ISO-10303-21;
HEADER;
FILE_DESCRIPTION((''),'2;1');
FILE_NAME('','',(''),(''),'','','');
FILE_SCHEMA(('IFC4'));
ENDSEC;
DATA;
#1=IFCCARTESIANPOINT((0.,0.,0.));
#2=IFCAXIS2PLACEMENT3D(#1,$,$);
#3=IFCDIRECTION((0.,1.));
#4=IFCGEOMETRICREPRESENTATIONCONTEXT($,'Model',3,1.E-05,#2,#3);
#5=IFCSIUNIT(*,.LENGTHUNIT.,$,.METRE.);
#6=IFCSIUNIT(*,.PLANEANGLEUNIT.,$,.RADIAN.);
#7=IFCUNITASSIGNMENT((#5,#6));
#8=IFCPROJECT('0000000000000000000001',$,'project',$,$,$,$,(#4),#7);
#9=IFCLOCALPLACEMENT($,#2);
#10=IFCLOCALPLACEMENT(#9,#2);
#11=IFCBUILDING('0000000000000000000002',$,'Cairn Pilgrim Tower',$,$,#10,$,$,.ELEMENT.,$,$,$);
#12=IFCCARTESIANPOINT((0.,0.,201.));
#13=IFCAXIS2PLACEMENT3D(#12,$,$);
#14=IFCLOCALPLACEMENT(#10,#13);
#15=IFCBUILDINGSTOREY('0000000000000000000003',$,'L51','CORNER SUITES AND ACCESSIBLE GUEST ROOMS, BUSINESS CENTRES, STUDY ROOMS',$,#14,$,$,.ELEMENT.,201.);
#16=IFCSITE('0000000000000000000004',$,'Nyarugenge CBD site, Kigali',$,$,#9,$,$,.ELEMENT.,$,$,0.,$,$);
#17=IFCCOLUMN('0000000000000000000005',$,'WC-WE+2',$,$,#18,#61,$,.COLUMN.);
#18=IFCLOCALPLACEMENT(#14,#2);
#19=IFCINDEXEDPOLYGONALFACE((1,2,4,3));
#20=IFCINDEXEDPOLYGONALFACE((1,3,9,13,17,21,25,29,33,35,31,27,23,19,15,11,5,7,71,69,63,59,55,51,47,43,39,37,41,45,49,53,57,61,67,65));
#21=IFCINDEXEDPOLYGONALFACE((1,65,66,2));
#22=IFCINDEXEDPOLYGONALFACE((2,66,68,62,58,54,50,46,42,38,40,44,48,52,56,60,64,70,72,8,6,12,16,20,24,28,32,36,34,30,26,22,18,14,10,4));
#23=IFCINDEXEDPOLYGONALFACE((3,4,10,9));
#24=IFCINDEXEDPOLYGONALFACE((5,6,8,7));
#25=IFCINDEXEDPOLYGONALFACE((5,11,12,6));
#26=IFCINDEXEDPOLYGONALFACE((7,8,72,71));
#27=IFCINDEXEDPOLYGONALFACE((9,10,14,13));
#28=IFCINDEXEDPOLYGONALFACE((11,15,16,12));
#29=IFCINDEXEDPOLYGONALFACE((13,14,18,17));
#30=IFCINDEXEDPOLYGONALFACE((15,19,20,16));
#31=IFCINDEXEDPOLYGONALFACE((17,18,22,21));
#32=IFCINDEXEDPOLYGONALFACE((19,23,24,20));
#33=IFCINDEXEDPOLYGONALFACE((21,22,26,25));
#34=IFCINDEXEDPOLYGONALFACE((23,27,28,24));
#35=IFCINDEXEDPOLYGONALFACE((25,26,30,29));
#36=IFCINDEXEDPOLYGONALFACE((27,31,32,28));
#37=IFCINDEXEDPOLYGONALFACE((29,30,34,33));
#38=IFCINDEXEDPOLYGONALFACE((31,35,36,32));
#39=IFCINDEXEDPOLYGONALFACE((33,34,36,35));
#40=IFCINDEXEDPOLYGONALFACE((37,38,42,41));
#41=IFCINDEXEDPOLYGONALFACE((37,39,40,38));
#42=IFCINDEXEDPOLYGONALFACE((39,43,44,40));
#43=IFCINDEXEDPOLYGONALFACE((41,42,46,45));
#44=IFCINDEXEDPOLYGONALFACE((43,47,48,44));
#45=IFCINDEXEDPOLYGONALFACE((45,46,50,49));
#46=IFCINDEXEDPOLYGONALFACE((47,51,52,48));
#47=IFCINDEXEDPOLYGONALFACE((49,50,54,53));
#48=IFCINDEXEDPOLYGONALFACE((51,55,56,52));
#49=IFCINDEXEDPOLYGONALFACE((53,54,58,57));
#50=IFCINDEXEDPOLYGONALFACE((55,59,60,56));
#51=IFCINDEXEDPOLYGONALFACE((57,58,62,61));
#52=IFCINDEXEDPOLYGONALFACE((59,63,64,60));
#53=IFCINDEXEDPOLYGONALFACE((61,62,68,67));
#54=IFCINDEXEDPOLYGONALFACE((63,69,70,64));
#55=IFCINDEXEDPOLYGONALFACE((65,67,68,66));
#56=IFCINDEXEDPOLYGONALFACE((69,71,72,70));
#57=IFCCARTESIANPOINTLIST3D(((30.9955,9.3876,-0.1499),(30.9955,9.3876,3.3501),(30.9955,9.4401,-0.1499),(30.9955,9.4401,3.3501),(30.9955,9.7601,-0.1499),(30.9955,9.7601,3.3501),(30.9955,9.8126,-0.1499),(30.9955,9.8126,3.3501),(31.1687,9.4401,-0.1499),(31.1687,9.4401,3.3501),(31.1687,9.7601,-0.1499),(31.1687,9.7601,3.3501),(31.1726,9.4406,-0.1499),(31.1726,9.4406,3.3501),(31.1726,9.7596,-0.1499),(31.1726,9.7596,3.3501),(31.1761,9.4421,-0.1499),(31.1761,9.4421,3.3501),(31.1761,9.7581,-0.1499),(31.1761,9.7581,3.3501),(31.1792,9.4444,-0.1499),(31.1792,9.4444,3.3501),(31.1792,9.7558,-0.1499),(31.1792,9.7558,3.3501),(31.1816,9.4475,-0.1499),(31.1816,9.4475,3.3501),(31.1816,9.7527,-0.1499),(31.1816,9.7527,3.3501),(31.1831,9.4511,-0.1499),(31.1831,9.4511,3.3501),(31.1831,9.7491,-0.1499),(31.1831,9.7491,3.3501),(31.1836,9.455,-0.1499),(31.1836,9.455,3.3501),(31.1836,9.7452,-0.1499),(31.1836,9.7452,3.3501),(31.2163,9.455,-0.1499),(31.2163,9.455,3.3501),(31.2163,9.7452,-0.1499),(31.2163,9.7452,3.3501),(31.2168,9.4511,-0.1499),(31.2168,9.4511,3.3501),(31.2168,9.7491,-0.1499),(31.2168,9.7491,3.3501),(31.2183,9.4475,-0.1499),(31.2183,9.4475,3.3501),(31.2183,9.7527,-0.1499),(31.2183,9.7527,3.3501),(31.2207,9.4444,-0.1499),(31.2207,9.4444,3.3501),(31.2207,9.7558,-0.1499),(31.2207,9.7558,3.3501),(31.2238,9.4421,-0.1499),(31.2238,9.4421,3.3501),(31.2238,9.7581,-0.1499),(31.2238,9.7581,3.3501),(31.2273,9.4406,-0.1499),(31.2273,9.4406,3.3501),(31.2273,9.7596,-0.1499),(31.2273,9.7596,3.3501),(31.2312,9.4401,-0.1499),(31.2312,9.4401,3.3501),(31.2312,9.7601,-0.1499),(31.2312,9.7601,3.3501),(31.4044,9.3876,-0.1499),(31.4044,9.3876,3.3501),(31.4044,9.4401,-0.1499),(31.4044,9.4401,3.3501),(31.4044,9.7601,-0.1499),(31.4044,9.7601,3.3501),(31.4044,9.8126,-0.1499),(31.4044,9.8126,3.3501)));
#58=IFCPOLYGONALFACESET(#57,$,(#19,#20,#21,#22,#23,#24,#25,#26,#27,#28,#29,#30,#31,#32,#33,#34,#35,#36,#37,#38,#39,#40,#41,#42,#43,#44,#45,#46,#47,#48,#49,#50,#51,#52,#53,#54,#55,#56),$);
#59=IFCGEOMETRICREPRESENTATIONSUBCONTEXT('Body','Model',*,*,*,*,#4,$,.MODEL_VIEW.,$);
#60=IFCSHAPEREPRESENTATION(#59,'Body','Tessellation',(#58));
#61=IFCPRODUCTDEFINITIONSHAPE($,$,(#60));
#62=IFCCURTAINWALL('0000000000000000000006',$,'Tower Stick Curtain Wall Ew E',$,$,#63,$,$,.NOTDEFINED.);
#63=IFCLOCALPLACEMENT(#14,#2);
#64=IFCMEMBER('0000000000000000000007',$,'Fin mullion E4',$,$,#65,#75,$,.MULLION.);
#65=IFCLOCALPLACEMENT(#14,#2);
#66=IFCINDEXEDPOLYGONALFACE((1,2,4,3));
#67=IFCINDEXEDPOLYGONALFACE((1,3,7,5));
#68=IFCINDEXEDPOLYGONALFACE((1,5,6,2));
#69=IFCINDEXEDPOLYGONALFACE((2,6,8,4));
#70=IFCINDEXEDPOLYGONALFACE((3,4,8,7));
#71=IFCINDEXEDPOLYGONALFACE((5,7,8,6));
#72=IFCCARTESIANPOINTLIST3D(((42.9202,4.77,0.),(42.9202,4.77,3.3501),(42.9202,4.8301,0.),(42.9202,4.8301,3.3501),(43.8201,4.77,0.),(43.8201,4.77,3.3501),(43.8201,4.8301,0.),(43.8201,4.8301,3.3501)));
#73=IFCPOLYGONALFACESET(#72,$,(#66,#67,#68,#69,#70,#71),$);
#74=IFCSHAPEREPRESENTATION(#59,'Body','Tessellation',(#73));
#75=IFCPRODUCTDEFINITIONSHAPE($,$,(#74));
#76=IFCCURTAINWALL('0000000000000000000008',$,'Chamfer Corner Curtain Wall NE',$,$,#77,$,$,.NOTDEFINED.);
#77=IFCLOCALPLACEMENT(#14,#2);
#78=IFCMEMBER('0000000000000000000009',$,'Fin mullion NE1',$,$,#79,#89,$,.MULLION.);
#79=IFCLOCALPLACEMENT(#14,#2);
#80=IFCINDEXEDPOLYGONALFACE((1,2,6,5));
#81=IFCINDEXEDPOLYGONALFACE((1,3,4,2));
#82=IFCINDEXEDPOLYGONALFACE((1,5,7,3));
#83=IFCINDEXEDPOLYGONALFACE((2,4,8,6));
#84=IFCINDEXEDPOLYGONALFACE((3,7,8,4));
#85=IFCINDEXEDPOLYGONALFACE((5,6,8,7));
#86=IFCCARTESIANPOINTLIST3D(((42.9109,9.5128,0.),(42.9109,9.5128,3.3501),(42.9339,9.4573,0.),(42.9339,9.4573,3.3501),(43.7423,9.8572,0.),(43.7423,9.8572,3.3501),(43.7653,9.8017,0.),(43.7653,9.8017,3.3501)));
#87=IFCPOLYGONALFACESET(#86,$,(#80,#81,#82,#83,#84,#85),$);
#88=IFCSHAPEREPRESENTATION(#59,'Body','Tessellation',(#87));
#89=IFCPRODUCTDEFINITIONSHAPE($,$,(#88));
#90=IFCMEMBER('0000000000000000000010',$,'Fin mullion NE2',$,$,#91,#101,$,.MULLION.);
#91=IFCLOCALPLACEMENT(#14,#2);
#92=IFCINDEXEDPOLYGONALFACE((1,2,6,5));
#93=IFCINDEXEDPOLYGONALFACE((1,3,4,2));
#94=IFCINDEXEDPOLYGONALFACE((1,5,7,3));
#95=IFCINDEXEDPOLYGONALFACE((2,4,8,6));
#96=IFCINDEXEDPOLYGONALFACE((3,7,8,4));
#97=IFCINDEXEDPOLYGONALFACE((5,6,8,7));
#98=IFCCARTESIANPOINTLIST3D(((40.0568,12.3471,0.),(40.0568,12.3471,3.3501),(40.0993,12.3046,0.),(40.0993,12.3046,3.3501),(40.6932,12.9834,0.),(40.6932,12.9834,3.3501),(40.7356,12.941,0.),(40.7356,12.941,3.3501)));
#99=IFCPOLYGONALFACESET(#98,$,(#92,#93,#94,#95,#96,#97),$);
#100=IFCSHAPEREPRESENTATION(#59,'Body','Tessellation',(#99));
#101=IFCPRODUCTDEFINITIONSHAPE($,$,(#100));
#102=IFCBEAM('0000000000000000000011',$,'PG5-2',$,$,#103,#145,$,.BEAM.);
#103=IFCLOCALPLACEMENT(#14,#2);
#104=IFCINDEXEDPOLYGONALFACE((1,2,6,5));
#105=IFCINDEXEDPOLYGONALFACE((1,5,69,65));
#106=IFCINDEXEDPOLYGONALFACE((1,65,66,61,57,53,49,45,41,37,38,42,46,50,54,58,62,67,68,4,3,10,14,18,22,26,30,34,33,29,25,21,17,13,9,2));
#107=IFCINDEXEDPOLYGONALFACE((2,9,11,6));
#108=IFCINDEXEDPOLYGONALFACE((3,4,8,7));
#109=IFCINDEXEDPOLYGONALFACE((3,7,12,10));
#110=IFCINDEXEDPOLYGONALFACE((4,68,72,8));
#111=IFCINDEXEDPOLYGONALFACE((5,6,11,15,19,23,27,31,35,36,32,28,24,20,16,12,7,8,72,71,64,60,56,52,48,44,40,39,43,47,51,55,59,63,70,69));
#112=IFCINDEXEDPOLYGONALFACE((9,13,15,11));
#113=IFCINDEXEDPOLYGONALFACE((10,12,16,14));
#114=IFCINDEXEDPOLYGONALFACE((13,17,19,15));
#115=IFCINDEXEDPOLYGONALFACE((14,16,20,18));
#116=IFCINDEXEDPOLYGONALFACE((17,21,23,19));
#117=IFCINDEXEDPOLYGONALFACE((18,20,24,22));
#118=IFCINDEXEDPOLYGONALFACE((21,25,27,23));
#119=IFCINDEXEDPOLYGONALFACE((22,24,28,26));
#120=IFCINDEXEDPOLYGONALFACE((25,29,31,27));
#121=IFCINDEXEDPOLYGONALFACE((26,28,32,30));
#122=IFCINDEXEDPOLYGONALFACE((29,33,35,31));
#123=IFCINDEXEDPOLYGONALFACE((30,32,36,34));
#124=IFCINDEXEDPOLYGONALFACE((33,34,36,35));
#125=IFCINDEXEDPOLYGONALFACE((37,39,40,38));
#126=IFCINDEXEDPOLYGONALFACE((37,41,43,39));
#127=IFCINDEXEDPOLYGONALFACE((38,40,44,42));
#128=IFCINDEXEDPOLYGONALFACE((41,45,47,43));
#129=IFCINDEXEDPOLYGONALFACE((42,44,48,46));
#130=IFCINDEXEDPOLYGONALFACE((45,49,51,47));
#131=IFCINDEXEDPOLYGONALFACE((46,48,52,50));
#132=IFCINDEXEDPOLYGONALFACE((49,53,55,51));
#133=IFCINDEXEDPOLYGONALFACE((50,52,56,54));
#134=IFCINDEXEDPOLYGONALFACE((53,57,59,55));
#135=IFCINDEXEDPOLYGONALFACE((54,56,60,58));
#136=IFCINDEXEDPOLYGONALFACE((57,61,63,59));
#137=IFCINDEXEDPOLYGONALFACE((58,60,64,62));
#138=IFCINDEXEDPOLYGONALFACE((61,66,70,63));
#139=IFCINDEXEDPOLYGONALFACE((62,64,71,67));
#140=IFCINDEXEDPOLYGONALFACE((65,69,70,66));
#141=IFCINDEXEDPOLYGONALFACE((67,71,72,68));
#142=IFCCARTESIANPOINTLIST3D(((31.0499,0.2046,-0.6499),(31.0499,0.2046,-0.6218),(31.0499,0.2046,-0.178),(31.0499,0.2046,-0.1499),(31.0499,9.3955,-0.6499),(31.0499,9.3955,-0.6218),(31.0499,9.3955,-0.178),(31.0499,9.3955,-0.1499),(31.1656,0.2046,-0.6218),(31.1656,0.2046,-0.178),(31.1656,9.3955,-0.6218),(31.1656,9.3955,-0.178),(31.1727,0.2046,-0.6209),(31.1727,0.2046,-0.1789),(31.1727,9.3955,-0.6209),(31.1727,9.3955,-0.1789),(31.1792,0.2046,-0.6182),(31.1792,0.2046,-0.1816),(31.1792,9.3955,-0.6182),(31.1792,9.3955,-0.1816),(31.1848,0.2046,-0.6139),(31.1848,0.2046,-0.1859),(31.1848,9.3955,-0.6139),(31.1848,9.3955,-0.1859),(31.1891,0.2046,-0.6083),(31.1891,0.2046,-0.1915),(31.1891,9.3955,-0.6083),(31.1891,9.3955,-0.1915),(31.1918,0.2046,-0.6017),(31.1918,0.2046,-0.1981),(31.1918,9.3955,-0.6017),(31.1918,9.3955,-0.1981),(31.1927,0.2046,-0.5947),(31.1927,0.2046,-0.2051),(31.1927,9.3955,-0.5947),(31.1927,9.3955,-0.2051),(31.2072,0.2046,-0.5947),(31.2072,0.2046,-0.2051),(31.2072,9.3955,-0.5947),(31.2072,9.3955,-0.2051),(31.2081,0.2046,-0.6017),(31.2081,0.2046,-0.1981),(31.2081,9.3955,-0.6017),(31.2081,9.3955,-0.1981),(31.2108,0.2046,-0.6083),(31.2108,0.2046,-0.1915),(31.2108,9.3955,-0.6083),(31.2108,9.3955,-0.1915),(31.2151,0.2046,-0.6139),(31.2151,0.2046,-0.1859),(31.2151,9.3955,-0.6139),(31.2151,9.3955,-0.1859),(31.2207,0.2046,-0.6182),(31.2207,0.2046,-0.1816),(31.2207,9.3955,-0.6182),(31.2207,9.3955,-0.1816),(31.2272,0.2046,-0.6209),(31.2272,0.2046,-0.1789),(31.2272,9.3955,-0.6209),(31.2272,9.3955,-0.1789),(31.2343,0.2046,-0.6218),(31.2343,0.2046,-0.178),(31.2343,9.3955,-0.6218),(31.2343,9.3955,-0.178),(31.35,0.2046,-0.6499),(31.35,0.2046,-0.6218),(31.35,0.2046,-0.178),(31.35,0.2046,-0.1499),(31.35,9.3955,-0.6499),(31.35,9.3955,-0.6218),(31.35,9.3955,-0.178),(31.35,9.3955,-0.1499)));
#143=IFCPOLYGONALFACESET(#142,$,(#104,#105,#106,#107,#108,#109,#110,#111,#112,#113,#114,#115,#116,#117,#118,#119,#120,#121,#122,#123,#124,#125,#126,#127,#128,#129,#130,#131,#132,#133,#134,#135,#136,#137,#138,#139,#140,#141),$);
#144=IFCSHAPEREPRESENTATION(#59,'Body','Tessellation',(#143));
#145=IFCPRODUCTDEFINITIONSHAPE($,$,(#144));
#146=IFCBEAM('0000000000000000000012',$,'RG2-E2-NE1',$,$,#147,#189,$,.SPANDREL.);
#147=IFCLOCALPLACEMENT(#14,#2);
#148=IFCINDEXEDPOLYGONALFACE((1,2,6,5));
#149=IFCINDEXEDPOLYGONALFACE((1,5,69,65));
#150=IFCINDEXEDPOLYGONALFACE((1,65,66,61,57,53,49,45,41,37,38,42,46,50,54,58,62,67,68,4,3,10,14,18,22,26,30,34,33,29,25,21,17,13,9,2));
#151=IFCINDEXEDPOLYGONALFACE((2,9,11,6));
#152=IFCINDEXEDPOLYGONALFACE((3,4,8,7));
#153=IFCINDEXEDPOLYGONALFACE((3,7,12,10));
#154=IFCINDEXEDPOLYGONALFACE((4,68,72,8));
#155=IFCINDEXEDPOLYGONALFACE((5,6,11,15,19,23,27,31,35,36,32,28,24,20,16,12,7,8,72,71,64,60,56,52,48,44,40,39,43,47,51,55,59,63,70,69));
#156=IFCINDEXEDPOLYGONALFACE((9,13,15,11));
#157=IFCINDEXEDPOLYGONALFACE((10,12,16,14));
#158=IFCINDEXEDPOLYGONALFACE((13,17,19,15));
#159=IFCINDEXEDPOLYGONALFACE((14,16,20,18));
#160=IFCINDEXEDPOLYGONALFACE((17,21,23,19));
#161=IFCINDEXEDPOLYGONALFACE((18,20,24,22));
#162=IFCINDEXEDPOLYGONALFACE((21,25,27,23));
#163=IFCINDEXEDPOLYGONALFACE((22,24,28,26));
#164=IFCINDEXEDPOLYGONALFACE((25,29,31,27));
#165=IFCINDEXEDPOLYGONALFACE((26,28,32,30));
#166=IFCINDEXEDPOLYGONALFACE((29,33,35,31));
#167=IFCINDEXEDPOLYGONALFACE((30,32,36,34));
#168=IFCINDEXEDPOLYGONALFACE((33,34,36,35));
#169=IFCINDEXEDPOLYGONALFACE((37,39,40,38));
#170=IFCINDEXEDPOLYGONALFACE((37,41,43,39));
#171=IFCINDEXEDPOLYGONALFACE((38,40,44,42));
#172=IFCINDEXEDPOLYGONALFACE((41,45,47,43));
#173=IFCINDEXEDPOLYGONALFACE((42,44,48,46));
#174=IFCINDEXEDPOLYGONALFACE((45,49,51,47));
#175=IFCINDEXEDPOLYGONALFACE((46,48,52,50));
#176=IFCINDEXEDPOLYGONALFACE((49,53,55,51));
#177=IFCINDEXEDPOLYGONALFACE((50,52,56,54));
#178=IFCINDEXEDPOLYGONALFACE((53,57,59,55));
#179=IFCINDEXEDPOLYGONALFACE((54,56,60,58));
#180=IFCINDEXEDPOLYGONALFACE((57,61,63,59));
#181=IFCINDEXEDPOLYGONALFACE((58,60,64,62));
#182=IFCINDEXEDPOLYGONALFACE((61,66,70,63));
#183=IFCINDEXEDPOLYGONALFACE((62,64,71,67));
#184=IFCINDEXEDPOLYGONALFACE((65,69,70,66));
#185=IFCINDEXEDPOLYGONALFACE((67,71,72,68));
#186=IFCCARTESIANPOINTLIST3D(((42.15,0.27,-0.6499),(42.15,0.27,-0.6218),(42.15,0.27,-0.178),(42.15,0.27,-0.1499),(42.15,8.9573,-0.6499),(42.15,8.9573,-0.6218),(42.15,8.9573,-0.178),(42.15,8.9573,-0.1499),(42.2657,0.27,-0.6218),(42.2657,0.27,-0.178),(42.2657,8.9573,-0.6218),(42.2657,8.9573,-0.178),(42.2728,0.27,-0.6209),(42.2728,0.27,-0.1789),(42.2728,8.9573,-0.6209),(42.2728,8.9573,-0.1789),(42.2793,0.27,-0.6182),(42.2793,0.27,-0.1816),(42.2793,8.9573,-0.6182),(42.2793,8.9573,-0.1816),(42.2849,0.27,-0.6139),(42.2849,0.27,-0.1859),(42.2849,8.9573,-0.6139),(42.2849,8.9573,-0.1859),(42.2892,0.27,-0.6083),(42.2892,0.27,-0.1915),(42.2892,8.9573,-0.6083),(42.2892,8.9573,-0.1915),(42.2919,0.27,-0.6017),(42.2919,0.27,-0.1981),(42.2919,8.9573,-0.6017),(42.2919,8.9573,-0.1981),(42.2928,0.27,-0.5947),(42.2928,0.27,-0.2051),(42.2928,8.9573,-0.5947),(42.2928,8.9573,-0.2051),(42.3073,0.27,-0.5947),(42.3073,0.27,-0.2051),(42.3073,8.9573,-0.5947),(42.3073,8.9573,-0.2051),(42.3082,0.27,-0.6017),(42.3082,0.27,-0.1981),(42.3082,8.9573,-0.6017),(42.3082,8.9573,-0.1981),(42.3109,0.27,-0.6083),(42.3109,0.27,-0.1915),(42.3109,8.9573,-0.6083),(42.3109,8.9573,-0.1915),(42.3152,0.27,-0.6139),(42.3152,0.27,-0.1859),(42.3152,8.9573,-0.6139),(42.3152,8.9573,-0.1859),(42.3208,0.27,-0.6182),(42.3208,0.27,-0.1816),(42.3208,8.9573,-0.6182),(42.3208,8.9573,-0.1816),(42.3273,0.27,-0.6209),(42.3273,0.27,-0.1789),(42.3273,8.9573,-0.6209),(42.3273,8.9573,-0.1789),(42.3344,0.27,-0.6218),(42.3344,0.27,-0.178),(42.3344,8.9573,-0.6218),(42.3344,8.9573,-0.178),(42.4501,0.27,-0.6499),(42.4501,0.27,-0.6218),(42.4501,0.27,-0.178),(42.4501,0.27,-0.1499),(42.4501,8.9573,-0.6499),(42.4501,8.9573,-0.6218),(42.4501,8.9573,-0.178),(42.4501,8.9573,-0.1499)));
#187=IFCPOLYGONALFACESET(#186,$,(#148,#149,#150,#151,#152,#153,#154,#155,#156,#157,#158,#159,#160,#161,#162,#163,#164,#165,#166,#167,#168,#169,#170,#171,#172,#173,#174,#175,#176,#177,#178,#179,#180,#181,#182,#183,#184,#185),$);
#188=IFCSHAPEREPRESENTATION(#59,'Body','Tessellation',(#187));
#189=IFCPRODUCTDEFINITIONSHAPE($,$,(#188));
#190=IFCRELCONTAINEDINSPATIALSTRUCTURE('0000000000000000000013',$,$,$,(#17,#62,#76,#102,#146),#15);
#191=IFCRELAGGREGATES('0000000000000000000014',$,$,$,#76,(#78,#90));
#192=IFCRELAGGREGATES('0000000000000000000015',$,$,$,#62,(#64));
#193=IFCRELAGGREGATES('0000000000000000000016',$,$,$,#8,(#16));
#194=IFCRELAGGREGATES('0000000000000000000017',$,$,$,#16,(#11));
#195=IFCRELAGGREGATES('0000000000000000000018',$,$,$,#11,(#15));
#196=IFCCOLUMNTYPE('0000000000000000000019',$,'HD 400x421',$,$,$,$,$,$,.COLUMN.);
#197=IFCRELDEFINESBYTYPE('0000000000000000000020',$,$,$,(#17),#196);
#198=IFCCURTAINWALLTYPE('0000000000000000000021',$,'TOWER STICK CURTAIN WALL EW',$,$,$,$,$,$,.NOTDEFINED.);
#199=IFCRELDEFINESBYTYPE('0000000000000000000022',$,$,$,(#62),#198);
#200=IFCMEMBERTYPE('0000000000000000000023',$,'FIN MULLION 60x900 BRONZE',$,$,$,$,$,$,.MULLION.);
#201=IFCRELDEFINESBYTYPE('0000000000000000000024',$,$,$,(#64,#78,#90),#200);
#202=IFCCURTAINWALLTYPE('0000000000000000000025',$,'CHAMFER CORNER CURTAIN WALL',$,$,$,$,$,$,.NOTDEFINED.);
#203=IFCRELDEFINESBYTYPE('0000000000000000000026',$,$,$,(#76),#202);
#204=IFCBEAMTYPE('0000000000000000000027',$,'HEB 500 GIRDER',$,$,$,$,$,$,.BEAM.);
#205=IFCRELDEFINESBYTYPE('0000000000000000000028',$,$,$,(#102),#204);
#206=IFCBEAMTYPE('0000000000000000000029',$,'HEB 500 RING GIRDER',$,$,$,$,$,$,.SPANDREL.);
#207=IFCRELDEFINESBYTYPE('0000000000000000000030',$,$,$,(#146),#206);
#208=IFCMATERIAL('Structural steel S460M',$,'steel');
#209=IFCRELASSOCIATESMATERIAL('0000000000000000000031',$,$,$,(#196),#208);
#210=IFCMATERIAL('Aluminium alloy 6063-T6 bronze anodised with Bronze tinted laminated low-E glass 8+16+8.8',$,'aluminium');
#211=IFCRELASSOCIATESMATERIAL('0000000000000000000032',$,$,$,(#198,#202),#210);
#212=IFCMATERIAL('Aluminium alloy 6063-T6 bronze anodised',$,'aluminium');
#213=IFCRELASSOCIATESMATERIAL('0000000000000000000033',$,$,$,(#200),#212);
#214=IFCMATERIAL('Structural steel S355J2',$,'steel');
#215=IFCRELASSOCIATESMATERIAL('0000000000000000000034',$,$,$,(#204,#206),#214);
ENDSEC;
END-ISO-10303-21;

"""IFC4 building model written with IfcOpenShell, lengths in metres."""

from ifc_helpers import new_model, si_unit, direction, frame, origin, origin_2d, place, context, subcontext, project, spatial, rectangle, i_section, extrude, material, material_profile, profile_set, type_object, element, aggregate, save


model = new_model("IFC4")

# Units and contexts
model_context = context("Model", 3, precision=1e-05, world=origin(), true_north=direction((0.0, 1.0)))
body_context = subcontext(model_context, "Body", "Model", "MODEL_VIEW")
ifc_project = project(units=[si_unit("LENGTHUNIT", "METRE"), si_unit("PLANEANGLEUNIT", "RADIAN")], contexts=[model_context])

# Site, building, storey
site_placement = place(None, origin())
site = spatial("IfcSite", under=ifc_project, at=site_placement, Name="Nyarugenge CBD site, Kigali", CompositionType="ELEMENT", RefElevation=0.0)
building_placement = place(site_placement, origin())
building = spatial("IfcBuilding", under=site, at=building_placement, Name="Cairn Pilgrim Tower", CompositionType="ELEMENT")
storey_placement = place(building_placement, frame((0.0, 0.0, 201.0)))
storey = spatial("IfcBuildingStorey", under=building, at=storey_placement, Name="L51", Description="CORNER SUITES AND ACCESSIBLE GUEST ROOMS, BUSINESS CENTRES, STUDY ROOMS", CompositionType="ELEMENT", Elevation=201.0)

# Column
ifc_material_1 = material(Name="Structural steel S460M", Category="steel")
ifc_material_profile_1 = material_profile(ifc_material_1, i_section(OverallWidth=0.4089, OverallDepth=0.425, WebThickness=0.0327, FlangeThickness=0.0525, FilletRadius=0.0149, at=origin_2d()), Name="HD 400x421")
ifc_profile_set_1 = profile_set([ifc_material_profile_1], Name="Structural steel S460M")
column_type_1 = type_object("IfcColumnType", Name="HD 400x421", PredefinedType="COLUMN", material=ifc_profile_set_1)
column_1_placement = place(storey_placement, frame((31.2, 9.6001, -0.1499), z_axis=(0.0, 0.0, 1.0), x_axis=(1.0, 0.0, 0.0)))
element("IfcColumn", 1, at=column_1_placement, inside=storey, type_object=column_type_1, Name="WC-WE+2", PredefinedType="COLUMN", context=body_context, shape_type="SweptSolid", body=[
    extrude(i_section(OverallWidth=0.4089, OverallDepth=0.425, WebThickness=0.0327, FlangeThickness=0.0525, FilletRadius=0.0149, at=origin_2d()), origin(), (0.0, 0.0, 1.0), 3.5),
])

# Curtain wall, member
ifc_material_2 = material(Name="Aluminium alloy 6063-T6 bronze anodised with Bronze tinted laminated low-E glass 8+16+8.8", Category="aluminium")
curtain_wall_type_1 = type_object("IfcCurtainWallType", Name="TOWER STICK CURTAIN WALL EW", PredefinedType="NOTDEFINED", material=ifc_material_2)
curtain_wall_1_placement = place(storey_placement, origin())
curtain_wall_1 = element("IfcCurtainWall", 2, at=curtain_wall_1_placement, inside=storey, type_object=curtain_wall_type_1, Name="Tower Stick Curtain Wall Ew E", PredefinedType="NOTDEFINED")
ifc_material_3 = material(Name="Aluminium alloy 6063-T6 bronze anodised", Category="aluminium")
ifc_material_profile_2 = material_profile(ifc_material_3, rectangle(XDim=0.8999, YDim=0.0601, at=origin_2d()), Name="FIN MULLION 60x900 BRONZE")
ifc_profile_set_2 = profile_set([ifc_material_profile_2], Name="Aluminium alloy 6063-T6 bronze anodised")
member_type_1 = type_object("IfcMemberType", Name="FIN MULLION 60x900 BRONZE", PredefinedType="MULLION", material=ifc_profile_set_2)
member_1_placement = place(storey_placement, frame((43.3701, 4.8, 0.0), z_axis=(0.0, 0.0, 1.0), x_axis=(1.0, 0.0, 0.0)))
member_1 = element("IfcMember", 3, at=member_1_placement, type_object=member_type_1, Name="Fin mullion E4", PredefinedType="MULLION", context=body_context, shape_type="SweptSolid", body=[
    extrude(rectangle(XDim=0.8999, YDim=0.0601, at=origin_2d()), origin(), (0.0, 0.0, 1.0), 3.3501),
])

# Curtain wall, members
curtain_wall_type_2 = type_object("IfcCurtainWallType", Name="CHAMFER CORNER CURTAIN WALL", PredefinedType="NOTDEFINED", material=ifc_material_2)
curtain_wall_2_placement = place(storey_placement, origin())
curtain_wall_2 = element("IfcCurtainWall", 4, at=curtain_wall_2_placement, inside=storey, type_object=curtain_wall_type_2, Name="Chamfer Corner Curtain Wall NE", PredefinedType="NOTDEFINED")
member_2_placement = place(storey_placement, frame((43.3381, 9.6572, 0.0), z_axis=(0.0, 0.0, 1.0), x_axis=(0.92388, 0.382683, 0.0)))
member_2 = element("IfcMember", 5, at=member_2_placement, type_object=member_type_1, Name="Fin mullion NE1", PredefinedType="MULLION", context=body_context, shape_type="SweptSolid", body=[
    extrude(rectangle(XDim=0.8999, YDim=0.0601, at=origin_2d()), origin(), (0.0, 0.0, 1.0), 3.3501),
])
member_3_placement = place(storey_placement, frame((40.3962, 12.644, 0.0), z_axis=(0.0, 0.0, 1.0), x_axis=(0.707107, 0.707107, 0.0)))
member_3 = element("IfcMember", 6, at=member_3_placement, type_object=member_type_1, Name="Fin mullion NE2", PredefinedType="MULLION", context=body_context, shape_type="SweptSolid", body=[
    extrude(rectangle(XDim=0.8999, YDim=0.0601, at=origin_2d()), origin(), (0.0, 0.0, 1.0), 3.3501),
])

# Beams
ifc_material_4 = material(Name="Structural steel S355J2", Category="steel")
ifc_material_profile_3 = material_profile(ifc_material_4, i_section(OverallWidth=0.3, OverallDepth=0.5, WebThickness=0.0144, FlangeThickness=0.0281, FilletRadius=0.0271, at=origin_2d()), Name="HEB 500")
ifc_profile_set_3 = profile_set([ifc_material_profile_3], Name="Structural steel S355J2")
beam_type_1 = type_object("IfcBeamType", Name="HEB 500 GIRDER", PredefinedType="BEAM", material=ifc_profile_set_3)
beam_1_placement = place(storey_placement, frame((31.2, 0.2046, -0.3999), z_axis=(0.0, 1.0, 0.0), x_axis=(-1.0, 0.0, 0.0)))
element("IfcBeam", 7, at=beam_1_placement, inside=storey, type_object=beam_type_1, Name="PG5-2", PredefinedType="BEAM", context=body_context, shape_type="SweptSolid", body=[
    extrude(i_section(OverallWidth=0.3, OverallDepth=0.5, WebThickness=0.0144, FlangeThickness=0.0281, FilletRadius=0.0271, at=origin_2d()), origin(), (0.0, 0.0, 1.0), 9.1909),
])
ifc_material_profile_4 = material_profile(ifc_material_4, i_section(OverallWidth=0.3, OverallDepth=0.5, WebThickness=0.0144, FlangeThickness=0.0281, FilletRadius=0.0271, at=origin_2d()), Name="HEB 500")
ifc_profile_set_4 = profile_set([ifc_material_profile_4], Name="Structural steel S355J2")
beam_type_2 = type_object("IfcBeamType", Name="HEB 500 RING GIRDER", PredefinedType="SPANDREL", material=ifc_profile_set_4)
beam_2_placement = place(storey_placement, frame((42.3, 0.27, -0.3999), z_axis=(0.0, 1.0, 0.0), x_axis=(-1.0, 0.0, 0.0)))
element("IfcBeam", 8, at=beam_2_placement, inside=storey, type_object=beam_type_2, Name="RG2-E2-NE1", PredefinedType="SPANDREL", context=body_context, shape_type="SweptSolid", body=[
    extrude(i_section(OverallWidth=0.3, OverallDepth=0.5, WebThickness=0.0144, FlangeThickness=0.0281, FilletRadius=0.0271, at=origin_2d()), origin(), (0.0, 0.0, 1.0), 8.6873),
])

aggregate(curtain_wall_2, [member_2, member_3])

aggregate(curtain_wall_1, [member_1])

save(model, "model.ifc")
